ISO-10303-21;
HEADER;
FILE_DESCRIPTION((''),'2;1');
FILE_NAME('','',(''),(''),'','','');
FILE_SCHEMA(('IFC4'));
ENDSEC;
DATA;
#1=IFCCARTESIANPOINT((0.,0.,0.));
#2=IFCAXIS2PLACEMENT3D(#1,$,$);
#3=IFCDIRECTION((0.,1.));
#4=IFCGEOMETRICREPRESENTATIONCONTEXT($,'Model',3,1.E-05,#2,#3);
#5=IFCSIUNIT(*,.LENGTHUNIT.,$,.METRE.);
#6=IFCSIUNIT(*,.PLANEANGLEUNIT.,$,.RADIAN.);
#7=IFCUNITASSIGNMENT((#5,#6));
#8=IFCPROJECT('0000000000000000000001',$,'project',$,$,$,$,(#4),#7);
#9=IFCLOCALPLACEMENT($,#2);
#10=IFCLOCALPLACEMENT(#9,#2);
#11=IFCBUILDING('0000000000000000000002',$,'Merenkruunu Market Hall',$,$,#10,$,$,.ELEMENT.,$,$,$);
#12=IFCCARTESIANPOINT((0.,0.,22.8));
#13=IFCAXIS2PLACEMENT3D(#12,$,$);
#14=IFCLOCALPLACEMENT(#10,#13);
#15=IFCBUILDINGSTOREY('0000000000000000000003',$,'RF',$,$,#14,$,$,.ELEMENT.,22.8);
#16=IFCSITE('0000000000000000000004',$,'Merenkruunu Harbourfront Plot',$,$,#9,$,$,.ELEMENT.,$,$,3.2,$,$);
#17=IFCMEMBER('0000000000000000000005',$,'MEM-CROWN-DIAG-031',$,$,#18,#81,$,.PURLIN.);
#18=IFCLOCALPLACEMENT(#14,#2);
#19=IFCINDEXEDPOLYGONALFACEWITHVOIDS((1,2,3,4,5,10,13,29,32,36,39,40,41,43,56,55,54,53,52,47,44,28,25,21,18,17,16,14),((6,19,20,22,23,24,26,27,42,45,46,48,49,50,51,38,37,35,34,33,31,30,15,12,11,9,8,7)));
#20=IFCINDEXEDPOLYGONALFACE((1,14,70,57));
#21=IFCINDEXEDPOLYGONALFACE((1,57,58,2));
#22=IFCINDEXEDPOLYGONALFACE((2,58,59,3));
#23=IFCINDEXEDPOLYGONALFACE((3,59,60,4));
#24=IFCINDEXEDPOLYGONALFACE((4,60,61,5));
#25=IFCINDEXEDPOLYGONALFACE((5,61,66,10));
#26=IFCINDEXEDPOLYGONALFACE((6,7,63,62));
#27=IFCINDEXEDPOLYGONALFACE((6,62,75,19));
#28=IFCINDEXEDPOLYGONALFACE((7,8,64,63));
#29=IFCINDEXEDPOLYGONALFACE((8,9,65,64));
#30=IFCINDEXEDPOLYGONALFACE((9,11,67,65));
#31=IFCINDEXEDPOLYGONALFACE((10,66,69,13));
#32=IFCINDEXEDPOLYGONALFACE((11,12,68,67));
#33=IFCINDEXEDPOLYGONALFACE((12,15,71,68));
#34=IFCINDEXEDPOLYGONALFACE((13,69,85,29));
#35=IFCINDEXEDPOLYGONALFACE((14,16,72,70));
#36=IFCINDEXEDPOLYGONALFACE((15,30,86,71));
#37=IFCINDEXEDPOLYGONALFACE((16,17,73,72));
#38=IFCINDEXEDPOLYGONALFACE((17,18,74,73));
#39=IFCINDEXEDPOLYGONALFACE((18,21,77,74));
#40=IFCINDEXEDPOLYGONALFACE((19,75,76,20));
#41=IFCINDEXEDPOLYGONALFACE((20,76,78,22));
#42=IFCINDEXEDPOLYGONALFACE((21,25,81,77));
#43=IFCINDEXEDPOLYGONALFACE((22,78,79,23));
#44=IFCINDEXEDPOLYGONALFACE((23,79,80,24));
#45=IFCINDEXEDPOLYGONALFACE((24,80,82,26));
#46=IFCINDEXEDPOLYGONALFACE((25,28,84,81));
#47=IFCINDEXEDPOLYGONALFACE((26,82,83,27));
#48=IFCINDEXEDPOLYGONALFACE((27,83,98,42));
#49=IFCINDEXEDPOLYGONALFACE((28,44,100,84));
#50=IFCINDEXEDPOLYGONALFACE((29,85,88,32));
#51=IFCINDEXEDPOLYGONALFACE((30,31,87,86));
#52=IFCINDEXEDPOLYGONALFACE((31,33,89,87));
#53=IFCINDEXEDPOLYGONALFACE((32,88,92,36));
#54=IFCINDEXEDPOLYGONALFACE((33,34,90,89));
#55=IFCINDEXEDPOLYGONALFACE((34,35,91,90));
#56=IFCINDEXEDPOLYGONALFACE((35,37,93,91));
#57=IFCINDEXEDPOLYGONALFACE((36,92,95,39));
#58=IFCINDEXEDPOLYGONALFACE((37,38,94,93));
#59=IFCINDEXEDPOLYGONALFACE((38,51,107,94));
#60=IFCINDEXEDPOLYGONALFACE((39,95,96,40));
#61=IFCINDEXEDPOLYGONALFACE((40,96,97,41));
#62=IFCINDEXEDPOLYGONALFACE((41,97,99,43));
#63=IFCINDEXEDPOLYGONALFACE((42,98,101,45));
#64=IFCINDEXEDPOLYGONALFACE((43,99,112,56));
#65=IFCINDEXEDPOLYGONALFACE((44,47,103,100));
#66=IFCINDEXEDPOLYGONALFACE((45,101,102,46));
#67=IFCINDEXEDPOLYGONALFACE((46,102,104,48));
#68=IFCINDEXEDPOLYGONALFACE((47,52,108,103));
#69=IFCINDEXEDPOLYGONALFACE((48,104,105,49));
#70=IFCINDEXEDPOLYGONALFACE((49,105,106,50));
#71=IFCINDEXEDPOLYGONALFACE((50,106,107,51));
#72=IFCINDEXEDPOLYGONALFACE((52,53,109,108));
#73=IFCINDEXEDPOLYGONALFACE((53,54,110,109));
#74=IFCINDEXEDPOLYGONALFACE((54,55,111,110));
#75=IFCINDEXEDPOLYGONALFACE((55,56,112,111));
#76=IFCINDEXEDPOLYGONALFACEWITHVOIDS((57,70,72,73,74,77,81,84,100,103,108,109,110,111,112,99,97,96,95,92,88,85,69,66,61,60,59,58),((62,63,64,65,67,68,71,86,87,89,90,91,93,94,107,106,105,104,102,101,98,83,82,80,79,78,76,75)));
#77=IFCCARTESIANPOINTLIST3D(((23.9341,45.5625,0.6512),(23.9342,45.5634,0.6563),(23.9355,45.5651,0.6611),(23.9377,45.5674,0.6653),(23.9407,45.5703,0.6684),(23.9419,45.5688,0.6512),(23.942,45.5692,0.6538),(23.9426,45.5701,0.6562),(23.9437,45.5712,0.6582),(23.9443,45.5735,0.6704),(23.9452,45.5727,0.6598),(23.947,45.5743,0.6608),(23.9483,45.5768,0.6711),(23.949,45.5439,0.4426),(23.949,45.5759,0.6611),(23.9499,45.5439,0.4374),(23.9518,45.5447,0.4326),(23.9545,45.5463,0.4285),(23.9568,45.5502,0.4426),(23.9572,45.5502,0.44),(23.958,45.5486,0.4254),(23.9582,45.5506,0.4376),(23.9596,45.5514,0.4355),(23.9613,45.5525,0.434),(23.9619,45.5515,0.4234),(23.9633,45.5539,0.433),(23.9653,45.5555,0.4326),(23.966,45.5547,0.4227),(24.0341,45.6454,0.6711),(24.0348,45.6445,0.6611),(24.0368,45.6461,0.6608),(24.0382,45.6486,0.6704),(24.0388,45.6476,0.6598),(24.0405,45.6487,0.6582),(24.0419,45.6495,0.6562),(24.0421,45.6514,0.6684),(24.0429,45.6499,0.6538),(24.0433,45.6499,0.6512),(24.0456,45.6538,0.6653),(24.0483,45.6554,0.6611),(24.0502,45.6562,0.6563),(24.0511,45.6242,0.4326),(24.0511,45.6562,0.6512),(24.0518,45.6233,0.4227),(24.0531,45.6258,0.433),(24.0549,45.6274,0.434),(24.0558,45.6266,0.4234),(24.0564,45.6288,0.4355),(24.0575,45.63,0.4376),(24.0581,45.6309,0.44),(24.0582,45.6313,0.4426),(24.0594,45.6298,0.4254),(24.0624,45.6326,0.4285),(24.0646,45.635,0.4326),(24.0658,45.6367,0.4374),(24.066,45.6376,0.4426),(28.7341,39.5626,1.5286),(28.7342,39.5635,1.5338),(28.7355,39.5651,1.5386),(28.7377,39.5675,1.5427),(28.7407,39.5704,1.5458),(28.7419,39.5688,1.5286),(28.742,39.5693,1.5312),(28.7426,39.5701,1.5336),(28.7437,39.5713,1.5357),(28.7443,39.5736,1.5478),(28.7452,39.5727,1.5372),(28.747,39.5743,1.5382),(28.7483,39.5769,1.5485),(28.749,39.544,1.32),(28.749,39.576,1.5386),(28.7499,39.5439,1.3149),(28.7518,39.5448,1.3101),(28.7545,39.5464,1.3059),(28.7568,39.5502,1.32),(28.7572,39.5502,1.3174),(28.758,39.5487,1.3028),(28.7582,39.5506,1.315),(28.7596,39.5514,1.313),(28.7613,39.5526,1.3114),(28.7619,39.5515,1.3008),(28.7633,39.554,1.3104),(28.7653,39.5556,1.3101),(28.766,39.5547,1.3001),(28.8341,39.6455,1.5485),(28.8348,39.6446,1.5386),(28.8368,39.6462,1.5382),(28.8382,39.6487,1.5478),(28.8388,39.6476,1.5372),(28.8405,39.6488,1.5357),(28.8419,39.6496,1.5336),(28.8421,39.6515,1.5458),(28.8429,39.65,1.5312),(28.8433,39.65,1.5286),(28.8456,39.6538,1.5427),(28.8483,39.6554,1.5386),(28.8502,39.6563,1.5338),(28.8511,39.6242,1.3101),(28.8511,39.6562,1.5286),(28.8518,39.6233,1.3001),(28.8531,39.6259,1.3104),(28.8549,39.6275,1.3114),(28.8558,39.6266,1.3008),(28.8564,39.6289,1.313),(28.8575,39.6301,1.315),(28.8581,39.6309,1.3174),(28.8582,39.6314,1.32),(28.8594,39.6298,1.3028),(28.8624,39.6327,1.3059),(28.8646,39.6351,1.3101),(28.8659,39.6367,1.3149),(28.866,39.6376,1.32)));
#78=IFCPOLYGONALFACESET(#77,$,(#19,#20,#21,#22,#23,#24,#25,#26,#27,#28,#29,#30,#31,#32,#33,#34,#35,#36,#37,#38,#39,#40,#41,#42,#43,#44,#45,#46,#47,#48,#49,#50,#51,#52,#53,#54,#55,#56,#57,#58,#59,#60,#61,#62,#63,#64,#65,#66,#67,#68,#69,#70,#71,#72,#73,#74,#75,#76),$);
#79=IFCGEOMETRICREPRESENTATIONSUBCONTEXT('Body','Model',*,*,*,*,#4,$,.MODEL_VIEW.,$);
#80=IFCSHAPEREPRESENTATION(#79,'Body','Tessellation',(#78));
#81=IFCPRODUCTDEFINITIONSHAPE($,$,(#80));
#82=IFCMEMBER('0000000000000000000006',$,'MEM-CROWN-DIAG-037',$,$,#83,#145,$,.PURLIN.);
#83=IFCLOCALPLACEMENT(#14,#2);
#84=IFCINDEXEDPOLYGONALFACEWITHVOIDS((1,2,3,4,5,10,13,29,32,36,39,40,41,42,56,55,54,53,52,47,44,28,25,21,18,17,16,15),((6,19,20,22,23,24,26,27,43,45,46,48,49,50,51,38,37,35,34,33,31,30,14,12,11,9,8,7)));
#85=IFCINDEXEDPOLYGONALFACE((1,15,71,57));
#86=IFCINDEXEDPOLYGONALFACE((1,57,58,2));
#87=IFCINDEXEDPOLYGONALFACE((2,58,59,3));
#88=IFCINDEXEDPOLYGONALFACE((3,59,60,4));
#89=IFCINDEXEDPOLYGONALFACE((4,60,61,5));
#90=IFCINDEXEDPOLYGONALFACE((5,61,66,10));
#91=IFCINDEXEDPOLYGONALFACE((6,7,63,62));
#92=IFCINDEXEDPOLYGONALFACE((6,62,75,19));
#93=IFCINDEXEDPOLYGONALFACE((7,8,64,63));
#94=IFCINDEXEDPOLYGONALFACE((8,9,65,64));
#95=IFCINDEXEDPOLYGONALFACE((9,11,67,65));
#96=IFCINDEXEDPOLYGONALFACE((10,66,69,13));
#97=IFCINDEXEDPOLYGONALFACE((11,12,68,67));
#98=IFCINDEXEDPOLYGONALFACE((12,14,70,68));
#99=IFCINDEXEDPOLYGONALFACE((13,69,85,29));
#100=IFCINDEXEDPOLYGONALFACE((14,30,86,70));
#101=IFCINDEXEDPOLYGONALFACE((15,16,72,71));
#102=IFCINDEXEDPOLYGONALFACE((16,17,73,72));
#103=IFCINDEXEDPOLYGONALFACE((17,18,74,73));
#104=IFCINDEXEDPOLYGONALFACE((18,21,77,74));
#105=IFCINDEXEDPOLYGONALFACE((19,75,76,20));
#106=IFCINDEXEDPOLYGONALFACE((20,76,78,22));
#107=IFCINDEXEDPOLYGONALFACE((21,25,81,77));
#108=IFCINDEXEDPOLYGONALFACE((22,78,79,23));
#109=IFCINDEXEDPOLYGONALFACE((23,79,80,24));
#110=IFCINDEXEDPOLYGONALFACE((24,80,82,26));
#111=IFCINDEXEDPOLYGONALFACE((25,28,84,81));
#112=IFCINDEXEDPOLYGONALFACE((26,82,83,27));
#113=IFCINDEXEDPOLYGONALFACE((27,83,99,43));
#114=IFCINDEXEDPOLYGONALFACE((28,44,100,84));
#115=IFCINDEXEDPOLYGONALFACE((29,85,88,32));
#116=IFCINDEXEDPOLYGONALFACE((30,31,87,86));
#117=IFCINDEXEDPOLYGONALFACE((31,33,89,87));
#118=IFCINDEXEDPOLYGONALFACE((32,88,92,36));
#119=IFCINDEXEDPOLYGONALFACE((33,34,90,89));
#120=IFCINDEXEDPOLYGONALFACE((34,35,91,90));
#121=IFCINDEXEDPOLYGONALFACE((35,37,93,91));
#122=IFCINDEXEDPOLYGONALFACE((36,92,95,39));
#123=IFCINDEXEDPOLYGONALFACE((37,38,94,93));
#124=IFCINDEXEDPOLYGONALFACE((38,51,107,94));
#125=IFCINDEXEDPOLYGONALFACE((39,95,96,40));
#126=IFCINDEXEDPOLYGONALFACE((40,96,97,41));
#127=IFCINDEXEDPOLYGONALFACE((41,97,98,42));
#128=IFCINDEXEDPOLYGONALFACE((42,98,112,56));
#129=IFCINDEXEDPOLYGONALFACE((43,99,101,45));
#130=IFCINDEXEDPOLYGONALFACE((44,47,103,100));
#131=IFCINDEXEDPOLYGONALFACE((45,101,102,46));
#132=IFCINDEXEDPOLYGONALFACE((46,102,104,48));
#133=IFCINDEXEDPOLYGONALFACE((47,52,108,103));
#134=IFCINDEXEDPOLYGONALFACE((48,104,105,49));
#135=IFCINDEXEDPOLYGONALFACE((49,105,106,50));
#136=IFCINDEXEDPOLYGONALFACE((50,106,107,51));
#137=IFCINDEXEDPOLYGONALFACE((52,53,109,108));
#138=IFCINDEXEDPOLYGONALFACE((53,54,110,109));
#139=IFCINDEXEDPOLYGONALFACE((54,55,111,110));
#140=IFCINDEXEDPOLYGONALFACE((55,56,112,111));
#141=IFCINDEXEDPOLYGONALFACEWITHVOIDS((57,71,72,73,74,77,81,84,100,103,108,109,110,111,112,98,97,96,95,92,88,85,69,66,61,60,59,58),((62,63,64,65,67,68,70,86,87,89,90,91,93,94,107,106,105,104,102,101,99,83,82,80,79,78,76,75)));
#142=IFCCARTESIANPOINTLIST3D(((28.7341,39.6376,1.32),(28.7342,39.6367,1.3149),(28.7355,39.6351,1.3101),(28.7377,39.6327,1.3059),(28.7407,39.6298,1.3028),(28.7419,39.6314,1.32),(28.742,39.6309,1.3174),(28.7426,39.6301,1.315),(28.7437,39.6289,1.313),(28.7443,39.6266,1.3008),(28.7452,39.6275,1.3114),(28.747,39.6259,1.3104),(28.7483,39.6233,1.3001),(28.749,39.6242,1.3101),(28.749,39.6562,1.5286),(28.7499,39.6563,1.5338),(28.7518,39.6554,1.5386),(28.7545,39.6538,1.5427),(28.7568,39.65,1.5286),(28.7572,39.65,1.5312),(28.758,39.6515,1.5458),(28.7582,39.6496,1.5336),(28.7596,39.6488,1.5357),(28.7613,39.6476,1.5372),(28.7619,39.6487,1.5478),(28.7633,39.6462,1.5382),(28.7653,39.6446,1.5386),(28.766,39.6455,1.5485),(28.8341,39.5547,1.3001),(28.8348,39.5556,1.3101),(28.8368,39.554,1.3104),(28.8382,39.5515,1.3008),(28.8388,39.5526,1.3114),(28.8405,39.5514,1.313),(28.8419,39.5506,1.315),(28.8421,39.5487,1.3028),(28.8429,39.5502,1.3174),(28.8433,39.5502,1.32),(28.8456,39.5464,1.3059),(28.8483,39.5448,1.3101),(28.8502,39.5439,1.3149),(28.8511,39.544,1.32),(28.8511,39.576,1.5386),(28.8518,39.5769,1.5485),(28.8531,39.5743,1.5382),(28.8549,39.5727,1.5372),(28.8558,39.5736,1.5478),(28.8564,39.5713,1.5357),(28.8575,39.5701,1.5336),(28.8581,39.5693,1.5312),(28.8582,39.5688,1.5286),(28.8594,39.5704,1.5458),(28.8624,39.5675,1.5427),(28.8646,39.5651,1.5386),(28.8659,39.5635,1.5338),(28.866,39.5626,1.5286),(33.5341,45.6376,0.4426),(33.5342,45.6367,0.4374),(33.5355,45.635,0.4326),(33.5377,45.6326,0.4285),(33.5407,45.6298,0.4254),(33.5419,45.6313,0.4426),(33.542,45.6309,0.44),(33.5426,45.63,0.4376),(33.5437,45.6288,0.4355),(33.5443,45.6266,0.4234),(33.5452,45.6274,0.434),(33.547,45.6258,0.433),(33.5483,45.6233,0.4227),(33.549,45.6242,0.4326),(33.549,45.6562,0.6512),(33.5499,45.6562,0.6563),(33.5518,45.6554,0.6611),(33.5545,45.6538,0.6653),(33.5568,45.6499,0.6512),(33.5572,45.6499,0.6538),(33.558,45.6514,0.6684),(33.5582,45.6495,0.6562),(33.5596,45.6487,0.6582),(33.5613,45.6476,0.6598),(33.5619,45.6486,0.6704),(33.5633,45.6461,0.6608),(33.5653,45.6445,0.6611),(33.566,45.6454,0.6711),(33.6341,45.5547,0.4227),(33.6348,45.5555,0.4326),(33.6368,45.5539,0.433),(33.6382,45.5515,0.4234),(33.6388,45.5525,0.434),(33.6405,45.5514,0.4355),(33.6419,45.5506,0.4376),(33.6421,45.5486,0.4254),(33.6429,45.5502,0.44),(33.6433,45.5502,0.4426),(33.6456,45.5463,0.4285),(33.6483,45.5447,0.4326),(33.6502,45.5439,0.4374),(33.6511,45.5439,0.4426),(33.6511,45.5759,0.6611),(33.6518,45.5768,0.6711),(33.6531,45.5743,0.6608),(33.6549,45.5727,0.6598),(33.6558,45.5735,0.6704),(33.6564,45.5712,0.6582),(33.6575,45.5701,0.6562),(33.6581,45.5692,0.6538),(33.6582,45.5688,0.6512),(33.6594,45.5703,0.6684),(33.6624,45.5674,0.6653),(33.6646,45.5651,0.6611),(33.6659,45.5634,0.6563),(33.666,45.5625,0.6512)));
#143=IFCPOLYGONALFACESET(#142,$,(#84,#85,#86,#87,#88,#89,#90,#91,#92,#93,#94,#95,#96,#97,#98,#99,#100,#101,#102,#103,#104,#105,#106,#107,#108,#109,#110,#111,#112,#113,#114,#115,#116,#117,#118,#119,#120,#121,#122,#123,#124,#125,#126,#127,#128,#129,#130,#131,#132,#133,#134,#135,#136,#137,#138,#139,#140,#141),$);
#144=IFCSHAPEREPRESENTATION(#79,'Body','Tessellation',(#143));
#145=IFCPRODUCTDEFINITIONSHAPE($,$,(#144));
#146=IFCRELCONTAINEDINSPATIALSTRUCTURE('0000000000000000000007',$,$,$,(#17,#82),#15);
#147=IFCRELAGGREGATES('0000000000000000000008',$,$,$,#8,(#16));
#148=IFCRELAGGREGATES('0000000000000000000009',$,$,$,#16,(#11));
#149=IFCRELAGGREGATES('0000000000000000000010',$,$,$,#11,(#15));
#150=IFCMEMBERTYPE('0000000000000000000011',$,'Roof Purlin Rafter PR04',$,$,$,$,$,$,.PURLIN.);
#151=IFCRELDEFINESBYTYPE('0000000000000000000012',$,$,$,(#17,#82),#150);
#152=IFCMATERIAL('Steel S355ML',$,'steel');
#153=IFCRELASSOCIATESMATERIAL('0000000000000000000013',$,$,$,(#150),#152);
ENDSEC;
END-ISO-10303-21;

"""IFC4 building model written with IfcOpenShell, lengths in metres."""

from ifc_helpers import new_model, si_unit, direction, frame, origin, origin_2d, place, context, subcontext, project, spatial, hollow_rectangle, extrude, material, material_profile, profile_set, type_object, element, save


model = new_model("IFC4")

# Units and contexts
model_context = context("Model", 3, precision=1e-05, world=origin(), true_north=direction((0.0, 1.0)))
body_context = subcontext(model_context, "Body", "Model", "MODEL_VIEW")
ifc_project = project(units=[si_unit("LENGTHUNIT", "METRE"), si_unit("PLANEANGLEUNIT", "RADIAN")], contexts=[model_context])

# Site, building, storey
site_placement = place(None, origin())
site = spatial("IfcSite", under=ifc_project, at=site_placement, Name="Merenkruunu Harbourfront Plot", CompositionType="ELEMENT", RefElevation=3.2)
building_placement = place(site_placement, origin())
building = spatial("IfcBuilding", under=site, at=building_placement, Name="Merenkruunu Market Hall", CompositionType="ELEMENT")
storey_placement = place(building_placement, frame((0.0, 0.0, 22.8)))
storey = spatial("IfcBuildingStorey", under=building, at=storey_placement, Name="RF", CompositionType="ELEMENT", Elevation=22.8)

# Members
ifc_material_1 = material(Name="Steel S355ML", Category="steel")
ifc_material_profile_1 = material_profile(ifc_material_1, hollow_rectangle(XDim=0.1499, YDim=0.25, WallThickness=0.01, InnerFilletRadius=0.01, OuterFilletRadius=0.02, at=origin_2d()), Name="RHS 250x150x10")
ifc_profile_set_1 = profile_set([ifc_material_profile_1], Name="Steel S355ML")
member_type_1 = type_object("IfcMemberType", Name="Roof Purlin Rafter PR04", PredefinedType="PURLIN", material=ifc_profile_set_1)
for number, where, z_axis, x_axis, name in (
    (1, (28.8, 39.6001, 1.4243), (-0.620665, 0.775824, -0.113457), (-0.780866, -0.624699, 0.0), "MEM-CROWN-DIAG-031"),
    (2, (28.8, 39.6001, 1.4243), (0.620665, 0.775824, -0.113457), (-0.780866, 0.624699, 0.0), "MEM-CROWN-DIAG-037"),
):
    element("IfcMember", number, at=place(storey_placement, frame(where, z_axis=z_axis, x_axis=x_axis)), inside=storey, type_object=member_type_1, Name=name, PredefinedType="PURLIN", context=body_context, shape_type="SweptSolid", body=[
        extrude(hollow_rectangle(XDim=0.1499, YDim=0.25, WallThickness=0.01, InnerFilletRadius=0.01, OuterFilletRadius=0.02, at=origin_2d()), origin(), (0.0, 0.0, 1.0), 7.7336),
    ])

save(model, "model.ifc")
